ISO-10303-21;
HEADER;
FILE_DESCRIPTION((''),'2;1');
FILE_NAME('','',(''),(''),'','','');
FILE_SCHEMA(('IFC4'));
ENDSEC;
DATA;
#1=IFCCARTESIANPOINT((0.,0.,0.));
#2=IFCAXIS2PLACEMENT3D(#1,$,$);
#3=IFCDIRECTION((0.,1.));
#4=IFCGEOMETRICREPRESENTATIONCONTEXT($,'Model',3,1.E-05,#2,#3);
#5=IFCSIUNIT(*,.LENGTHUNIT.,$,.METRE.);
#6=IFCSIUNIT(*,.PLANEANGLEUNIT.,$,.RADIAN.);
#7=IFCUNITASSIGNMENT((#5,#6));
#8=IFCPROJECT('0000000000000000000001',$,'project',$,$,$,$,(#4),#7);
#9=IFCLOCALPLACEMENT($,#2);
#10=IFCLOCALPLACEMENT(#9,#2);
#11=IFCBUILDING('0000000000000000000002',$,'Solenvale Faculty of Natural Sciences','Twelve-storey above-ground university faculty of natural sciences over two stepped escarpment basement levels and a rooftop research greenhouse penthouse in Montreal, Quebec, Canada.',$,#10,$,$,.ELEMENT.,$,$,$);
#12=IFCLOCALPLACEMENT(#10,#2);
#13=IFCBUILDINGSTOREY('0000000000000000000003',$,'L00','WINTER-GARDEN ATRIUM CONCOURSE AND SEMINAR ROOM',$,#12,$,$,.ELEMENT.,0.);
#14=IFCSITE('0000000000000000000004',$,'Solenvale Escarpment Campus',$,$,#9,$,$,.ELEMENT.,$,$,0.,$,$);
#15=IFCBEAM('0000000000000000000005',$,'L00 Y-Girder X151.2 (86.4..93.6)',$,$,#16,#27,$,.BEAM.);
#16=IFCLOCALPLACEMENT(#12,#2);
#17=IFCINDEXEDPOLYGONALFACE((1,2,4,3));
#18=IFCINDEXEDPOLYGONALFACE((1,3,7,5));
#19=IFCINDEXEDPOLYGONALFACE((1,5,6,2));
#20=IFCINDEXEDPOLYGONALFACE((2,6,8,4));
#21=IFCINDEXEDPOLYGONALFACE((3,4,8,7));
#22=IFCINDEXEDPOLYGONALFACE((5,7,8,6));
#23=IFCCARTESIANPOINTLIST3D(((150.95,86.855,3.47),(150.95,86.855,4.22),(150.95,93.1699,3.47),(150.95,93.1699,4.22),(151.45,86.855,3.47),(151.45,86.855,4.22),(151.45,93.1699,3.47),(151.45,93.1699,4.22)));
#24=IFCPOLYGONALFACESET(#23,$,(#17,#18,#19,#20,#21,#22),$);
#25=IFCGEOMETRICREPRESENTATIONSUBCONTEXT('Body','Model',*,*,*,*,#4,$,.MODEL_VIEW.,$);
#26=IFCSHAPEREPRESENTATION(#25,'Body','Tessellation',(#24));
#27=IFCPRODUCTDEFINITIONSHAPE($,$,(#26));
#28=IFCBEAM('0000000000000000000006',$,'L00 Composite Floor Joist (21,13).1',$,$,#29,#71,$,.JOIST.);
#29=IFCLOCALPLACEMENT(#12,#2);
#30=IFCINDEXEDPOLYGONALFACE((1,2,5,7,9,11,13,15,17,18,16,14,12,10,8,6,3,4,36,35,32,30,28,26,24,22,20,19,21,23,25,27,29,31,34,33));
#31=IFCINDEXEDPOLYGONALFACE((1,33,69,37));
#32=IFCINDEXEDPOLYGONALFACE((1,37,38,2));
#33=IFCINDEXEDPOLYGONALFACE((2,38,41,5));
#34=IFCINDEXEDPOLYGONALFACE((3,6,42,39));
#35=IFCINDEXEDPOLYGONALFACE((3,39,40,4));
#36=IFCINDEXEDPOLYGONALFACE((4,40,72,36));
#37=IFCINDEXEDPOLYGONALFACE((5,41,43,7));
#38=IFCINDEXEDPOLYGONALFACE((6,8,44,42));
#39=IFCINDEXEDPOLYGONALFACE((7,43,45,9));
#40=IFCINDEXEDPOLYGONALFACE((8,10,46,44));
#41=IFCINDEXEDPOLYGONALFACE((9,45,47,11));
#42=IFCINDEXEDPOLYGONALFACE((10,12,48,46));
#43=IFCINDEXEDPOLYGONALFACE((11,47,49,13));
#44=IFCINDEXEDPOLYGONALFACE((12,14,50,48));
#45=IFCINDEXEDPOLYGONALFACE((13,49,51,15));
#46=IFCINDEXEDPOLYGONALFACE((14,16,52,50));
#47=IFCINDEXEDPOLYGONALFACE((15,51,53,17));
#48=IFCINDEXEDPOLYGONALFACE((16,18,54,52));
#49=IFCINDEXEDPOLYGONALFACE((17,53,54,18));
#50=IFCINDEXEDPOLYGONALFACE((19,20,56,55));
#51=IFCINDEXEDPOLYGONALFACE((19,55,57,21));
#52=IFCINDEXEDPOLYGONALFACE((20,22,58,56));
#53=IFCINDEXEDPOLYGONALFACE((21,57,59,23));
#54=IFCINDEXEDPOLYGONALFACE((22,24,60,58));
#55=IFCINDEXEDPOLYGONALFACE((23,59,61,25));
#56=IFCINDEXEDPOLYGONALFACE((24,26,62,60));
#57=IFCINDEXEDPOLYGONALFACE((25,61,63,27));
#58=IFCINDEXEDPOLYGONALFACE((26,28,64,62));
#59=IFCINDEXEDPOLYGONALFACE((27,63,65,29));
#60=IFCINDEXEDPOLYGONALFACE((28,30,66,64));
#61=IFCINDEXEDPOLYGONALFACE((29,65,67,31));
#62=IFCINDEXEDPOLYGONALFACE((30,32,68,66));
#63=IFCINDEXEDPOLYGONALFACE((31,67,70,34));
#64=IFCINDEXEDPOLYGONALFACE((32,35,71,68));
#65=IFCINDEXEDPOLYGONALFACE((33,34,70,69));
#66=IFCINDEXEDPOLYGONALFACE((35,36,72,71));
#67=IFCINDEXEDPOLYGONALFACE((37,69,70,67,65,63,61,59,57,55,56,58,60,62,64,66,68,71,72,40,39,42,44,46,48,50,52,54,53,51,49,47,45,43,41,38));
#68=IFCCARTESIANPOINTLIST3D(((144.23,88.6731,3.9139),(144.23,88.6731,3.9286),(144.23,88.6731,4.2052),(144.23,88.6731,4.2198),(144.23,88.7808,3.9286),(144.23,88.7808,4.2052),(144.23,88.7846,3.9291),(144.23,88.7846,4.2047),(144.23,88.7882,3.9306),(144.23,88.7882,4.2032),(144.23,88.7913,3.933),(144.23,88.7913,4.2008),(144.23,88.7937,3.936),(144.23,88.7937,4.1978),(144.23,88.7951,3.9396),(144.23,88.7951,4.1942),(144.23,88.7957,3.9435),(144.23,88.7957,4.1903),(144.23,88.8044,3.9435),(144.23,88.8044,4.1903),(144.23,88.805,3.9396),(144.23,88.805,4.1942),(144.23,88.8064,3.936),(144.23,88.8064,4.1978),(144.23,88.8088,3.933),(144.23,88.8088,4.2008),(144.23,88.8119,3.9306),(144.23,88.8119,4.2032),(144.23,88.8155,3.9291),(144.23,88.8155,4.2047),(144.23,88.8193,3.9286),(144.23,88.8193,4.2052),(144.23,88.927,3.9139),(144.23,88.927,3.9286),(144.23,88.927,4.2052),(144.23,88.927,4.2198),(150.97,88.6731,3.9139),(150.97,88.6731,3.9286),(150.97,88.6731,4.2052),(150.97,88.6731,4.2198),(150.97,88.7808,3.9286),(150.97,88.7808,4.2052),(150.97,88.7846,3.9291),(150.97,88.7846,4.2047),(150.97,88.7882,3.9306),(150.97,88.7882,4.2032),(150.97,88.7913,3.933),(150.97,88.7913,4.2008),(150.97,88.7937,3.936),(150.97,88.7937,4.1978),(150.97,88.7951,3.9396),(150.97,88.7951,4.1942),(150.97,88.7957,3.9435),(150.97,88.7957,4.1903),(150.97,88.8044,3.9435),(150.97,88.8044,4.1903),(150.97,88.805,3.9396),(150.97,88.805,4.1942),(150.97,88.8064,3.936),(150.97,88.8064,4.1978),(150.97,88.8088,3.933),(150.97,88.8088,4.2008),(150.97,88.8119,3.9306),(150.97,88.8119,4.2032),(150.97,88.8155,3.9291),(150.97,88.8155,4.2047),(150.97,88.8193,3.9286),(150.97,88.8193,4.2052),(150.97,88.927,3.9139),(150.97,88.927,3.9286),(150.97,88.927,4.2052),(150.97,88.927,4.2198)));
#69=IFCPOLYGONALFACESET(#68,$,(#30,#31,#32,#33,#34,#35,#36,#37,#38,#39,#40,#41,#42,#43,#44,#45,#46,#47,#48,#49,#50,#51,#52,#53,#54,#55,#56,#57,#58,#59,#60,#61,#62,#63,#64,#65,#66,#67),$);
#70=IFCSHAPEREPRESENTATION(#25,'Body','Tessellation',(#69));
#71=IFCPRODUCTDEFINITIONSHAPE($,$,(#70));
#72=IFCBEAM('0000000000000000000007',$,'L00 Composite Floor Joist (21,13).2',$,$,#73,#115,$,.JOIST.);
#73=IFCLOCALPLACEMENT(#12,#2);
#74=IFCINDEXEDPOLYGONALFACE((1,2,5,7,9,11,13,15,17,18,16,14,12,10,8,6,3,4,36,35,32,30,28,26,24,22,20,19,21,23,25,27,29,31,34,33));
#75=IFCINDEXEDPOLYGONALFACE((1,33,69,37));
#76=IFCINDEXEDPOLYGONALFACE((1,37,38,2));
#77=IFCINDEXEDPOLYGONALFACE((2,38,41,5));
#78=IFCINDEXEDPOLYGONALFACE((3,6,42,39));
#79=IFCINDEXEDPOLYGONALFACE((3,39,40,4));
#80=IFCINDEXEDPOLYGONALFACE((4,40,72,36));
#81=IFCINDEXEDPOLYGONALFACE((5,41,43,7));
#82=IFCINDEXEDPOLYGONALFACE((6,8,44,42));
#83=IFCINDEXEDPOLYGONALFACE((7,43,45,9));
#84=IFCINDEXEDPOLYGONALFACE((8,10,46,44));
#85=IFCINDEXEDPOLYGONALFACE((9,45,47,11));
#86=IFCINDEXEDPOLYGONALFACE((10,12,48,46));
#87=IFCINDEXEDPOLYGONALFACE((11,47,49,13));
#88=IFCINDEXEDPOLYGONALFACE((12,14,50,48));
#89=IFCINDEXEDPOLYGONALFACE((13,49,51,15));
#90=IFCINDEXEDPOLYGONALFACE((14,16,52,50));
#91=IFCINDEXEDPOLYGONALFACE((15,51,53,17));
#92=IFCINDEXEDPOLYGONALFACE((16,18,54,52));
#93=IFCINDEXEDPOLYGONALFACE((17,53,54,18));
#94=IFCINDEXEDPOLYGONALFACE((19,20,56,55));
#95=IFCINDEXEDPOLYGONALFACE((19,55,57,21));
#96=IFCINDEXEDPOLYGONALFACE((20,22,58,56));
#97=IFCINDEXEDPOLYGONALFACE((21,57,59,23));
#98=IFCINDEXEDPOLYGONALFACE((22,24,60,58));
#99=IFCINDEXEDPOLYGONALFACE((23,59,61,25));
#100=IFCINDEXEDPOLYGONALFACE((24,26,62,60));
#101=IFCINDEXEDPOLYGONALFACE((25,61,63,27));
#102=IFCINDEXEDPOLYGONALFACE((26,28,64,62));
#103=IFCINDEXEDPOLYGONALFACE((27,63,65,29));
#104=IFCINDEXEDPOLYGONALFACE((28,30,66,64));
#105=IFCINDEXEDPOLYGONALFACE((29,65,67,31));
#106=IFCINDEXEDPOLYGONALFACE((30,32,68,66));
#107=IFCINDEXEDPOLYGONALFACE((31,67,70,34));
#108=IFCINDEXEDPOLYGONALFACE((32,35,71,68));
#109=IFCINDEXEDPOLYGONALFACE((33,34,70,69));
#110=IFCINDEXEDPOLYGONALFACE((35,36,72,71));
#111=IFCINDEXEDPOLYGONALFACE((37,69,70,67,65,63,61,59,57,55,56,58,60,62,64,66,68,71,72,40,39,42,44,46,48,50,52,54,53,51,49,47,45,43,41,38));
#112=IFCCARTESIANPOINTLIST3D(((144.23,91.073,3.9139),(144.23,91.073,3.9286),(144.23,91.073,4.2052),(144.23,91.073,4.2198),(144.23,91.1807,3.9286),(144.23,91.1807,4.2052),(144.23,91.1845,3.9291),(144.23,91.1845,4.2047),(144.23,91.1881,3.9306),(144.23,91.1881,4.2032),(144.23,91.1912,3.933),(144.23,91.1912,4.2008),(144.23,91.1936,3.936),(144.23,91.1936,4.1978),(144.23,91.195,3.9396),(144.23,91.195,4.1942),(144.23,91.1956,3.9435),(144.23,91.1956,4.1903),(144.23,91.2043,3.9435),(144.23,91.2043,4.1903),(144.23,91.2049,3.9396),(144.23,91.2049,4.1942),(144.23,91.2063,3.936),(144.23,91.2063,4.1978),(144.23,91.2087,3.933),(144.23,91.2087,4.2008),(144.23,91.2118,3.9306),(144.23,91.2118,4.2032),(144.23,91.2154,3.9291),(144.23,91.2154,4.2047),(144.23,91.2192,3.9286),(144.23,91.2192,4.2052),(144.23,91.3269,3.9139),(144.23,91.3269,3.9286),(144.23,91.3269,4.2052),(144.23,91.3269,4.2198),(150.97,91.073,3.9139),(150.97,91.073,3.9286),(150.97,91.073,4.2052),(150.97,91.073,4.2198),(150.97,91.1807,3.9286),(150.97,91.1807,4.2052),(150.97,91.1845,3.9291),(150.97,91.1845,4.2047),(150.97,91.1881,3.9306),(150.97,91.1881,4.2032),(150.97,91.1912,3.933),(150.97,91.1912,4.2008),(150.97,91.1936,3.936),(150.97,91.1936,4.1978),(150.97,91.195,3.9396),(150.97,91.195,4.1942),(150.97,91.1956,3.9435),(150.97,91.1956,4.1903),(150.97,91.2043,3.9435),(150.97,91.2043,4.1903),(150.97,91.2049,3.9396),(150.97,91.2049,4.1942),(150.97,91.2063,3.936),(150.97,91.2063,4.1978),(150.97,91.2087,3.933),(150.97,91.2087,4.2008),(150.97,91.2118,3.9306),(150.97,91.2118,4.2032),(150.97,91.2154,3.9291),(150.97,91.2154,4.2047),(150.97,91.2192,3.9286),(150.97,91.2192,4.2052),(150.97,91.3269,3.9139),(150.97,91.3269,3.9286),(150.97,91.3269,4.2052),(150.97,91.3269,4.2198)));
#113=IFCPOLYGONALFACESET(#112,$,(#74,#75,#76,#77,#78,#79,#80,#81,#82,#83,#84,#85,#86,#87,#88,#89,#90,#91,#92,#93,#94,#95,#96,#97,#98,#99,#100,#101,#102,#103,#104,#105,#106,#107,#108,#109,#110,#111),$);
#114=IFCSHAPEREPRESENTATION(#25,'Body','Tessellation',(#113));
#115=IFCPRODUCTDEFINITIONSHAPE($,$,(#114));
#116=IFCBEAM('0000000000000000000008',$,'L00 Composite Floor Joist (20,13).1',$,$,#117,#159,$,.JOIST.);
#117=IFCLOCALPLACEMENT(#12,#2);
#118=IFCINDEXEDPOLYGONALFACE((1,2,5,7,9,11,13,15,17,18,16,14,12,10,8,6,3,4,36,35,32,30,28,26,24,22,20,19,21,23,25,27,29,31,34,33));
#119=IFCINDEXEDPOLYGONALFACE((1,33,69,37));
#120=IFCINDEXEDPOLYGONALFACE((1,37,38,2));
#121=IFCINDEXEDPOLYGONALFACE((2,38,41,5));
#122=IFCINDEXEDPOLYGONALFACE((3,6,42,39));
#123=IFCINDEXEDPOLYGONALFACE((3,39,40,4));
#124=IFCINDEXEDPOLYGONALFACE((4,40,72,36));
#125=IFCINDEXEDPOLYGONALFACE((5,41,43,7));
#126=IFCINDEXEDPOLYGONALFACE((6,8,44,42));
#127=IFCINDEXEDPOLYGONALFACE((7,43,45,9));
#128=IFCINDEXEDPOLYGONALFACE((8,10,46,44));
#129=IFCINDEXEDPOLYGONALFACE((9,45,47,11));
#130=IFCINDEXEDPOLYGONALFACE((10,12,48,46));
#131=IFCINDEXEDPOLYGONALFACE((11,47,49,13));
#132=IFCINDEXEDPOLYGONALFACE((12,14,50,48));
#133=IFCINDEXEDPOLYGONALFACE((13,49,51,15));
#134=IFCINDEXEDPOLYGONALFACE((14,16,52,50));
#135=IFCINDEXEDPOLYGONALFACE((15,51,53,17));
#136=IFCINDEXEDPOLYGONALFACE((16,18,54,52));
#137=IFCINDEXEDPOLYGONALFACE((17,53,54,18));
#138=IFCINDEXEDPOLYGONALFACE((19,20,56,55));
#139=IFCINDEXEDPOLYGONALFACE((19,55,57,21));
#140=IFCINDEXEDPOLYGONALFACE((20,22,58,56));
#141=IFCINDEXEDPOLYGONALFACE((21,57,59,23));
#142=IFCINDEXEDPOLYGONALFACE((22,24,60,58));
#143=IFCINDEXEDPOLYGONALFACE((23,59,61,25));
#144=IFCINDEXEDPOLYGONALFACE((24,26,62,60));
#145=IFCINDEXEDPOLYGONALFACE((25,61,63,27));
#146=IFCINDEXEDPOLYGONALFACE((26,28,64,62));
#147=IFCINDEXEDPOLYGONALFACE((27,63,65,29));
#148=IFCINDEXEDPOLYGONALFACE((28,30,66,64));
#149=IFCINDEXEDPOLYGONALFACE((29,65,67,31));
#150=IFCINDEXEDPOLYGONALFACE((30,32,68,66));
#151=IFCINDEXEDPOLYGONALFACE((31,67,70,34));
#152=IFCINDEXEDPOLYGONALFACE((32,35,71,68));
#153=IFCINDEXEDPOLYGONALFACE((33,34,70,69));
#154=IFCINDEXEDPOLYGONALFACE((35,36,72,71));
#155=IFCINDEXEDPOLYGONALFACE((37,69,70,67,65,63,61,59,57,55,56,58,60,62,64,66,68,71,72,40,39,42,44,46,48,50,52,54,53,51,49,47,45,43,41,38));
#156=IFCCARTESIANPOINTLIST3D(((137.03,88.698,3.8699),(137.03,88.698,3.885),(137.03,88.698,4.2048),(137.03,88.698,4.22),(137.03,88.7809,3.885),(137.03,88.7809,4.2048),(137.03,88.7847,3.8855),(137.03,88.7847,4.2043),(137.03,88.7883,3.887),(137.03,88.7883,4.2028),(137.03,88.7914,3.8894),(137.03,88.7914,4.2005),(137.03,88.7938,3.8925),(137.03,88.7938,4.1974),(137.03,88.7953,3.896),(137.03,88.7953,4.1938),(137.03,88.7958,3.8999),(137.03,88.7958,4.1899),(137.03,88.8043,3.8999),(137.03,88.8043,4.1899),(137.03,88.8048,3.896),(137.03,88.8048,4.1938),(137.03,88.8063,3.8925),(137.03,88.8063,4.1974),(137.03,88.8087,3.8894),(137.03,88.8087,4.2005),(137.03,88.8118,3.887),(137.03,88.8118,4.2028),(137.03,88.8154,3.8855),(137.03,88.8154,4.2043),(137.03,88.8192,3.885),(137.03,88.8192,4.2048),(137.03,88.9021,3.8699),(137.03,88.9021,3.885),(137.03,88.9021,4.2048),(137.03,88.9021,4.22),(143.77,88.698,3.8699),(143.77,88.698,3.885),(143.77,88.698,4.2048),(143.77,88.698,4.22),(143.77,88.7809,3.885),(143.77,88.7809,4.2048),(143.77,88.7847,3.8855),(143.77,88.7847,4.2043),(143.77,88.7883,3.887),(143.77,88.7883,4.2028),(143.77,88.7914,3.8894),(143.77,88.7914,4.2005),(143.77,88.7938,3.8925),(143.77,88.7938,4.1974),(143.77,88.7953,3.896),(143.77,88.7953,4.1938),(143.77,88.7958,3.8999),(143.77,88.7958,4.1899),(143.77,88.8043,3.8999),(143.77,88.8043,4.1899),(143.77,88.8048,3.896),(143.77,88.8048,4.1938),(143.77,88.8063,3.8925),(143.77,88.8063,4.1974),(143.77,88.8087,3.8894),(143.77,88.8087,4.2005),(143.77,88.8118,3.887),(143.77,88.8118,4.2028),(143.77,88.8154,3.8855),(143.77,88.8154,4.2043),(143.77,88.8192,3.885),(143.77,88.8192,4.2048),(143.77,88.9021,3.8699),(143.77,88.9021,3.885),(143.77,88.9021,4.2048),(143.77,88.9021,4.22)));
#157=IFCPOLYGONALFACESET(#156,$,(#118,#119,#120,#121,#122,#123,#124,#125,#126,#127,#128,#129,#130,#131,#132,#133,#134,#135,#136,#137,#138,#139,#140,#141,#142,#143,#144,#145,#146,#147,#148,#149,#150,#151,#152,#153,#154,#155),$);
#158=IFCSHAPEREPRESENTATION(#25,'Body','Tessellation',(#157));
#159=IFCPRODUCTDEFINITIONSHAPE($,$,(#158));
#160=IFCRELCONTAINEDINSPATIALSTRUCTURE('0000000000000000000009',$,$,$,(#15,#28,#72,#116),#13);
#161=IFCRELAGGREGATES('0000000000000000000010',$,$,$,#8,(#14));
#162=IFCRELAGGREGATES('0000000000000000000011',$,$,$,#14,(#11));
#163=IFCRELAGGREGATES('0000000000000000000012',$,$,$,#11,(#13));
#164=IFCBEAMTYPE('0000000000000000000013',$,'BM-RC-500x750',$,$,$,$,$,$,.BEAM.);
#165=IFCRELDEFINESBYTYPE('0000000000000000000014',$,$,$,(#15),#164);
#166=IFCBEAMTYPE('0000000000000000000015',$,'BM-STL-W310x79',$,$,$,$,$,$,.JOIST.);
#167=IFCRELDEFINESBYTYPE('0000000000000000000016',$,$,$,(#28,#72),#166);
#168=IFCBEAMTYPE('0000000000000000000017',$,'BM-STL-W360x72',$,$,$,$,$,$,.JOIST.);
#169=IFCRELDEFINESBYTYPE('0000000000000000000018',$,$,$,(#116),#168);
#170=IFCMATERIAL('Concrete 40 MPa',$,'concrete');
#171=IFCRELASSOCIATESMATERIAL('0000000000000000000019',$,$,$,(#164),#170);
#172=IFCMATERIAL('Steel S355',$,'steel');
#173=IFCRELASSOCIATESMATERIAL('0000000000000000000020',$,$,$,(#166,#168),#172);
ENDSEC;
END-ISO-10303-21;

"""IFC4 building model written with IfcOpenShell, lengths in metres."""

from ifc_helpers import new_model, si_unit, direction, frame, origin, origin_2d, place, context, subcontext, project, spatial, rectangle, i_section, extrude, material, material_profile, profile_set, type_object, element, save


model = new_model("IFC4")

# Units and contexts
model_context = context("Model", 3, precision=1e-05, world=origin(), true_north=direction((0.0, 1.0)))
body_context = subcontext(model_context, "Body", "Model", "MODEL_VIEW")
ifc_project = project(units=[si_unit("LENGTHUNIT", "METRE"), si_unit("PLANEANGLEUNIT", "RADIAN")], contexts=[model_context])

# Site, building, storey
site_placement = place(None, origin())
site = spatial("IfcSite", under=ifc_project, at=site_placement, Name="Solenvale Escarpment Campus", CompositionType="ELEMENT", RefElevation=0.0)
building_placement = place(site_placement, origin())
building = spatial("IfcBuilding", under=site, at=building_placement, Name="Solenvale Faculty of Natural Sciences", Description="Twelve-storey above-ground university faculty of natural sciences over two stepped escarpment basement levels and a rooftop research greenhouse penthouse in Montreal, Quebec, Canada.", CompositionType="ELEMENT")
storey_placement = place(building_placement, origin())
storey = spatial("IfcBuildingStorey", under=building, at=storey_placement, Name="L00", Description="WINTER-GARDEN ATRIUM CONCOURSE AND SEMINAR ROOM", CompositionType="ELEMENT", Elevation=0.0)

# Beams
ifc_material_1 = material(Name="Concrete 40 MPa", Category="concrete")
ifc_material_profile_1 = material_profile(ifc_material_1, rectangle(XDim=0.5, YDim=0.75, at=origin_2d()), Name="RC-BM-500x750")
ifc_profile_set_1 = profile_set([ifc_material_profile_1], Name="Concrete 40 MPa")
beam_type_1 = type_object("IfcBeamType", Name="BM-RC-500x750", PredefinedType="BEAM", material=ifc_profile_set_1)
beam_placement = place(storey_placement, frame((151.2, 86.855, 3.845), z_axis=(0.0, 1.0, 0.0), x_axis=(-1.0, 0.0, 0.0)))
element("IfcBeam", 1, at=beam_placement, inside=storey, type_object=beam_type_1, Name="L00 Y-Girder X151.2 (86.4..93.6)", PredefinedType="BEAM", context=body_context, shape_type="SweptSolid", body=[
    extrude(rectangle(XDim=0.5, YDim=0.75, at=origin_2d()), origin(), (0.0, 0.0, 1.0), 6.3149),
])
ifc_material_2 = material(Name="Steel S355", Category="steel")
ifc_material_profile_2 = material_profile(ifc_material_2, i_section(OverallWidth=0.2539, OverallDepth=0.3059, WebThickness=0.0088, FlangeThickness=0.0146, FilletRadius=0.0149, at=origin_2d()), Name="W310x79")
ifc_profile_set_2 = profile_set([ifc_material_profile_2], Name="Steel S355")
beam_type_2 = type_object("IfcBeamType", Name="BM-STL-W310x79", PredefinedType="JOIST", material=ifc_profile_set_2)
for number, where, z_axis, x_axis, name in (
    (2, (144.23, 88.8, 4.0669), (1.0, 0.0, 0.0), (0.0, 1.0, 0.0), "L00 Composite Floor Joist (21,13).1"),
    (3, (144.23, 91.2, 4.0669), (1.0, 0.0, 0.0), (0.0, 1.0, 0.0), "L00 Composite Floor Joist (21,13).2"),
):
    element("IfcBeam", number, at=place(storey_placement, frame(where, z_axis=z_axis, x_axis=x_axis)), inside=storey, type_object=beam_type_2, Name=name, PredefinedType="JOIST", context=body_context, shape_type="SweptSolid", body=[
        extrude(i_section(OverallWidth=0.2539, OverallDepth=0.3059, WebThickness=0.0088, FlangeThickness=0.0146, FilletRadius=0.0149, at=origin_2d()), origin(), (0.0, 0.0, 1.0), 6.74),
    ])
ifc_material_profile_3 = material_profile(ifc_material_2, i_section(OverallWidth=0.2041, OverallDepth=0.3501, WebThickness=0.0085, FlangeThickness=0.0151, FilletRadius=0.0149, at=origin_2d()), Name="W360x72")
ifc_profile_set_3 = profile_set([ifc_material_profile_3], Name="Steel S355")
beam_type_3 = type_object("IfcBeamType", Name="BM-STL-W360x72", PredefinedType="JOIST", material=ifc_profile_set_3)
for number, where, z_axis, x_axis, name in (
    (4, (137.03, 88.8, 4.0449), (1.0, 0.0, 0.0), (0.0, 1.0, 0.0), "L00 Composite Floor Joist (20,13).1"),
):
    element("IfcBeam", number, at=place(storey_placement, frame(where, z_axis=z_axis, x_axis=x_axis)), inside=storey, type_object=beam_type_3, Name=name, PredefinedType="JOIST", context=body_context, shape_type="SweptSolid", body=[
        extrude(i_section(OverallWidth=0.2041, OverallDepth=0.3501, WebThickness=0.0085, FlangeThickness=0.0151, FilletRadius=0.0149, at=origin_2d()), origin(), (0.0, 0.0, 1.0), 6.74),
    ])

save(model, "model.ifc")
